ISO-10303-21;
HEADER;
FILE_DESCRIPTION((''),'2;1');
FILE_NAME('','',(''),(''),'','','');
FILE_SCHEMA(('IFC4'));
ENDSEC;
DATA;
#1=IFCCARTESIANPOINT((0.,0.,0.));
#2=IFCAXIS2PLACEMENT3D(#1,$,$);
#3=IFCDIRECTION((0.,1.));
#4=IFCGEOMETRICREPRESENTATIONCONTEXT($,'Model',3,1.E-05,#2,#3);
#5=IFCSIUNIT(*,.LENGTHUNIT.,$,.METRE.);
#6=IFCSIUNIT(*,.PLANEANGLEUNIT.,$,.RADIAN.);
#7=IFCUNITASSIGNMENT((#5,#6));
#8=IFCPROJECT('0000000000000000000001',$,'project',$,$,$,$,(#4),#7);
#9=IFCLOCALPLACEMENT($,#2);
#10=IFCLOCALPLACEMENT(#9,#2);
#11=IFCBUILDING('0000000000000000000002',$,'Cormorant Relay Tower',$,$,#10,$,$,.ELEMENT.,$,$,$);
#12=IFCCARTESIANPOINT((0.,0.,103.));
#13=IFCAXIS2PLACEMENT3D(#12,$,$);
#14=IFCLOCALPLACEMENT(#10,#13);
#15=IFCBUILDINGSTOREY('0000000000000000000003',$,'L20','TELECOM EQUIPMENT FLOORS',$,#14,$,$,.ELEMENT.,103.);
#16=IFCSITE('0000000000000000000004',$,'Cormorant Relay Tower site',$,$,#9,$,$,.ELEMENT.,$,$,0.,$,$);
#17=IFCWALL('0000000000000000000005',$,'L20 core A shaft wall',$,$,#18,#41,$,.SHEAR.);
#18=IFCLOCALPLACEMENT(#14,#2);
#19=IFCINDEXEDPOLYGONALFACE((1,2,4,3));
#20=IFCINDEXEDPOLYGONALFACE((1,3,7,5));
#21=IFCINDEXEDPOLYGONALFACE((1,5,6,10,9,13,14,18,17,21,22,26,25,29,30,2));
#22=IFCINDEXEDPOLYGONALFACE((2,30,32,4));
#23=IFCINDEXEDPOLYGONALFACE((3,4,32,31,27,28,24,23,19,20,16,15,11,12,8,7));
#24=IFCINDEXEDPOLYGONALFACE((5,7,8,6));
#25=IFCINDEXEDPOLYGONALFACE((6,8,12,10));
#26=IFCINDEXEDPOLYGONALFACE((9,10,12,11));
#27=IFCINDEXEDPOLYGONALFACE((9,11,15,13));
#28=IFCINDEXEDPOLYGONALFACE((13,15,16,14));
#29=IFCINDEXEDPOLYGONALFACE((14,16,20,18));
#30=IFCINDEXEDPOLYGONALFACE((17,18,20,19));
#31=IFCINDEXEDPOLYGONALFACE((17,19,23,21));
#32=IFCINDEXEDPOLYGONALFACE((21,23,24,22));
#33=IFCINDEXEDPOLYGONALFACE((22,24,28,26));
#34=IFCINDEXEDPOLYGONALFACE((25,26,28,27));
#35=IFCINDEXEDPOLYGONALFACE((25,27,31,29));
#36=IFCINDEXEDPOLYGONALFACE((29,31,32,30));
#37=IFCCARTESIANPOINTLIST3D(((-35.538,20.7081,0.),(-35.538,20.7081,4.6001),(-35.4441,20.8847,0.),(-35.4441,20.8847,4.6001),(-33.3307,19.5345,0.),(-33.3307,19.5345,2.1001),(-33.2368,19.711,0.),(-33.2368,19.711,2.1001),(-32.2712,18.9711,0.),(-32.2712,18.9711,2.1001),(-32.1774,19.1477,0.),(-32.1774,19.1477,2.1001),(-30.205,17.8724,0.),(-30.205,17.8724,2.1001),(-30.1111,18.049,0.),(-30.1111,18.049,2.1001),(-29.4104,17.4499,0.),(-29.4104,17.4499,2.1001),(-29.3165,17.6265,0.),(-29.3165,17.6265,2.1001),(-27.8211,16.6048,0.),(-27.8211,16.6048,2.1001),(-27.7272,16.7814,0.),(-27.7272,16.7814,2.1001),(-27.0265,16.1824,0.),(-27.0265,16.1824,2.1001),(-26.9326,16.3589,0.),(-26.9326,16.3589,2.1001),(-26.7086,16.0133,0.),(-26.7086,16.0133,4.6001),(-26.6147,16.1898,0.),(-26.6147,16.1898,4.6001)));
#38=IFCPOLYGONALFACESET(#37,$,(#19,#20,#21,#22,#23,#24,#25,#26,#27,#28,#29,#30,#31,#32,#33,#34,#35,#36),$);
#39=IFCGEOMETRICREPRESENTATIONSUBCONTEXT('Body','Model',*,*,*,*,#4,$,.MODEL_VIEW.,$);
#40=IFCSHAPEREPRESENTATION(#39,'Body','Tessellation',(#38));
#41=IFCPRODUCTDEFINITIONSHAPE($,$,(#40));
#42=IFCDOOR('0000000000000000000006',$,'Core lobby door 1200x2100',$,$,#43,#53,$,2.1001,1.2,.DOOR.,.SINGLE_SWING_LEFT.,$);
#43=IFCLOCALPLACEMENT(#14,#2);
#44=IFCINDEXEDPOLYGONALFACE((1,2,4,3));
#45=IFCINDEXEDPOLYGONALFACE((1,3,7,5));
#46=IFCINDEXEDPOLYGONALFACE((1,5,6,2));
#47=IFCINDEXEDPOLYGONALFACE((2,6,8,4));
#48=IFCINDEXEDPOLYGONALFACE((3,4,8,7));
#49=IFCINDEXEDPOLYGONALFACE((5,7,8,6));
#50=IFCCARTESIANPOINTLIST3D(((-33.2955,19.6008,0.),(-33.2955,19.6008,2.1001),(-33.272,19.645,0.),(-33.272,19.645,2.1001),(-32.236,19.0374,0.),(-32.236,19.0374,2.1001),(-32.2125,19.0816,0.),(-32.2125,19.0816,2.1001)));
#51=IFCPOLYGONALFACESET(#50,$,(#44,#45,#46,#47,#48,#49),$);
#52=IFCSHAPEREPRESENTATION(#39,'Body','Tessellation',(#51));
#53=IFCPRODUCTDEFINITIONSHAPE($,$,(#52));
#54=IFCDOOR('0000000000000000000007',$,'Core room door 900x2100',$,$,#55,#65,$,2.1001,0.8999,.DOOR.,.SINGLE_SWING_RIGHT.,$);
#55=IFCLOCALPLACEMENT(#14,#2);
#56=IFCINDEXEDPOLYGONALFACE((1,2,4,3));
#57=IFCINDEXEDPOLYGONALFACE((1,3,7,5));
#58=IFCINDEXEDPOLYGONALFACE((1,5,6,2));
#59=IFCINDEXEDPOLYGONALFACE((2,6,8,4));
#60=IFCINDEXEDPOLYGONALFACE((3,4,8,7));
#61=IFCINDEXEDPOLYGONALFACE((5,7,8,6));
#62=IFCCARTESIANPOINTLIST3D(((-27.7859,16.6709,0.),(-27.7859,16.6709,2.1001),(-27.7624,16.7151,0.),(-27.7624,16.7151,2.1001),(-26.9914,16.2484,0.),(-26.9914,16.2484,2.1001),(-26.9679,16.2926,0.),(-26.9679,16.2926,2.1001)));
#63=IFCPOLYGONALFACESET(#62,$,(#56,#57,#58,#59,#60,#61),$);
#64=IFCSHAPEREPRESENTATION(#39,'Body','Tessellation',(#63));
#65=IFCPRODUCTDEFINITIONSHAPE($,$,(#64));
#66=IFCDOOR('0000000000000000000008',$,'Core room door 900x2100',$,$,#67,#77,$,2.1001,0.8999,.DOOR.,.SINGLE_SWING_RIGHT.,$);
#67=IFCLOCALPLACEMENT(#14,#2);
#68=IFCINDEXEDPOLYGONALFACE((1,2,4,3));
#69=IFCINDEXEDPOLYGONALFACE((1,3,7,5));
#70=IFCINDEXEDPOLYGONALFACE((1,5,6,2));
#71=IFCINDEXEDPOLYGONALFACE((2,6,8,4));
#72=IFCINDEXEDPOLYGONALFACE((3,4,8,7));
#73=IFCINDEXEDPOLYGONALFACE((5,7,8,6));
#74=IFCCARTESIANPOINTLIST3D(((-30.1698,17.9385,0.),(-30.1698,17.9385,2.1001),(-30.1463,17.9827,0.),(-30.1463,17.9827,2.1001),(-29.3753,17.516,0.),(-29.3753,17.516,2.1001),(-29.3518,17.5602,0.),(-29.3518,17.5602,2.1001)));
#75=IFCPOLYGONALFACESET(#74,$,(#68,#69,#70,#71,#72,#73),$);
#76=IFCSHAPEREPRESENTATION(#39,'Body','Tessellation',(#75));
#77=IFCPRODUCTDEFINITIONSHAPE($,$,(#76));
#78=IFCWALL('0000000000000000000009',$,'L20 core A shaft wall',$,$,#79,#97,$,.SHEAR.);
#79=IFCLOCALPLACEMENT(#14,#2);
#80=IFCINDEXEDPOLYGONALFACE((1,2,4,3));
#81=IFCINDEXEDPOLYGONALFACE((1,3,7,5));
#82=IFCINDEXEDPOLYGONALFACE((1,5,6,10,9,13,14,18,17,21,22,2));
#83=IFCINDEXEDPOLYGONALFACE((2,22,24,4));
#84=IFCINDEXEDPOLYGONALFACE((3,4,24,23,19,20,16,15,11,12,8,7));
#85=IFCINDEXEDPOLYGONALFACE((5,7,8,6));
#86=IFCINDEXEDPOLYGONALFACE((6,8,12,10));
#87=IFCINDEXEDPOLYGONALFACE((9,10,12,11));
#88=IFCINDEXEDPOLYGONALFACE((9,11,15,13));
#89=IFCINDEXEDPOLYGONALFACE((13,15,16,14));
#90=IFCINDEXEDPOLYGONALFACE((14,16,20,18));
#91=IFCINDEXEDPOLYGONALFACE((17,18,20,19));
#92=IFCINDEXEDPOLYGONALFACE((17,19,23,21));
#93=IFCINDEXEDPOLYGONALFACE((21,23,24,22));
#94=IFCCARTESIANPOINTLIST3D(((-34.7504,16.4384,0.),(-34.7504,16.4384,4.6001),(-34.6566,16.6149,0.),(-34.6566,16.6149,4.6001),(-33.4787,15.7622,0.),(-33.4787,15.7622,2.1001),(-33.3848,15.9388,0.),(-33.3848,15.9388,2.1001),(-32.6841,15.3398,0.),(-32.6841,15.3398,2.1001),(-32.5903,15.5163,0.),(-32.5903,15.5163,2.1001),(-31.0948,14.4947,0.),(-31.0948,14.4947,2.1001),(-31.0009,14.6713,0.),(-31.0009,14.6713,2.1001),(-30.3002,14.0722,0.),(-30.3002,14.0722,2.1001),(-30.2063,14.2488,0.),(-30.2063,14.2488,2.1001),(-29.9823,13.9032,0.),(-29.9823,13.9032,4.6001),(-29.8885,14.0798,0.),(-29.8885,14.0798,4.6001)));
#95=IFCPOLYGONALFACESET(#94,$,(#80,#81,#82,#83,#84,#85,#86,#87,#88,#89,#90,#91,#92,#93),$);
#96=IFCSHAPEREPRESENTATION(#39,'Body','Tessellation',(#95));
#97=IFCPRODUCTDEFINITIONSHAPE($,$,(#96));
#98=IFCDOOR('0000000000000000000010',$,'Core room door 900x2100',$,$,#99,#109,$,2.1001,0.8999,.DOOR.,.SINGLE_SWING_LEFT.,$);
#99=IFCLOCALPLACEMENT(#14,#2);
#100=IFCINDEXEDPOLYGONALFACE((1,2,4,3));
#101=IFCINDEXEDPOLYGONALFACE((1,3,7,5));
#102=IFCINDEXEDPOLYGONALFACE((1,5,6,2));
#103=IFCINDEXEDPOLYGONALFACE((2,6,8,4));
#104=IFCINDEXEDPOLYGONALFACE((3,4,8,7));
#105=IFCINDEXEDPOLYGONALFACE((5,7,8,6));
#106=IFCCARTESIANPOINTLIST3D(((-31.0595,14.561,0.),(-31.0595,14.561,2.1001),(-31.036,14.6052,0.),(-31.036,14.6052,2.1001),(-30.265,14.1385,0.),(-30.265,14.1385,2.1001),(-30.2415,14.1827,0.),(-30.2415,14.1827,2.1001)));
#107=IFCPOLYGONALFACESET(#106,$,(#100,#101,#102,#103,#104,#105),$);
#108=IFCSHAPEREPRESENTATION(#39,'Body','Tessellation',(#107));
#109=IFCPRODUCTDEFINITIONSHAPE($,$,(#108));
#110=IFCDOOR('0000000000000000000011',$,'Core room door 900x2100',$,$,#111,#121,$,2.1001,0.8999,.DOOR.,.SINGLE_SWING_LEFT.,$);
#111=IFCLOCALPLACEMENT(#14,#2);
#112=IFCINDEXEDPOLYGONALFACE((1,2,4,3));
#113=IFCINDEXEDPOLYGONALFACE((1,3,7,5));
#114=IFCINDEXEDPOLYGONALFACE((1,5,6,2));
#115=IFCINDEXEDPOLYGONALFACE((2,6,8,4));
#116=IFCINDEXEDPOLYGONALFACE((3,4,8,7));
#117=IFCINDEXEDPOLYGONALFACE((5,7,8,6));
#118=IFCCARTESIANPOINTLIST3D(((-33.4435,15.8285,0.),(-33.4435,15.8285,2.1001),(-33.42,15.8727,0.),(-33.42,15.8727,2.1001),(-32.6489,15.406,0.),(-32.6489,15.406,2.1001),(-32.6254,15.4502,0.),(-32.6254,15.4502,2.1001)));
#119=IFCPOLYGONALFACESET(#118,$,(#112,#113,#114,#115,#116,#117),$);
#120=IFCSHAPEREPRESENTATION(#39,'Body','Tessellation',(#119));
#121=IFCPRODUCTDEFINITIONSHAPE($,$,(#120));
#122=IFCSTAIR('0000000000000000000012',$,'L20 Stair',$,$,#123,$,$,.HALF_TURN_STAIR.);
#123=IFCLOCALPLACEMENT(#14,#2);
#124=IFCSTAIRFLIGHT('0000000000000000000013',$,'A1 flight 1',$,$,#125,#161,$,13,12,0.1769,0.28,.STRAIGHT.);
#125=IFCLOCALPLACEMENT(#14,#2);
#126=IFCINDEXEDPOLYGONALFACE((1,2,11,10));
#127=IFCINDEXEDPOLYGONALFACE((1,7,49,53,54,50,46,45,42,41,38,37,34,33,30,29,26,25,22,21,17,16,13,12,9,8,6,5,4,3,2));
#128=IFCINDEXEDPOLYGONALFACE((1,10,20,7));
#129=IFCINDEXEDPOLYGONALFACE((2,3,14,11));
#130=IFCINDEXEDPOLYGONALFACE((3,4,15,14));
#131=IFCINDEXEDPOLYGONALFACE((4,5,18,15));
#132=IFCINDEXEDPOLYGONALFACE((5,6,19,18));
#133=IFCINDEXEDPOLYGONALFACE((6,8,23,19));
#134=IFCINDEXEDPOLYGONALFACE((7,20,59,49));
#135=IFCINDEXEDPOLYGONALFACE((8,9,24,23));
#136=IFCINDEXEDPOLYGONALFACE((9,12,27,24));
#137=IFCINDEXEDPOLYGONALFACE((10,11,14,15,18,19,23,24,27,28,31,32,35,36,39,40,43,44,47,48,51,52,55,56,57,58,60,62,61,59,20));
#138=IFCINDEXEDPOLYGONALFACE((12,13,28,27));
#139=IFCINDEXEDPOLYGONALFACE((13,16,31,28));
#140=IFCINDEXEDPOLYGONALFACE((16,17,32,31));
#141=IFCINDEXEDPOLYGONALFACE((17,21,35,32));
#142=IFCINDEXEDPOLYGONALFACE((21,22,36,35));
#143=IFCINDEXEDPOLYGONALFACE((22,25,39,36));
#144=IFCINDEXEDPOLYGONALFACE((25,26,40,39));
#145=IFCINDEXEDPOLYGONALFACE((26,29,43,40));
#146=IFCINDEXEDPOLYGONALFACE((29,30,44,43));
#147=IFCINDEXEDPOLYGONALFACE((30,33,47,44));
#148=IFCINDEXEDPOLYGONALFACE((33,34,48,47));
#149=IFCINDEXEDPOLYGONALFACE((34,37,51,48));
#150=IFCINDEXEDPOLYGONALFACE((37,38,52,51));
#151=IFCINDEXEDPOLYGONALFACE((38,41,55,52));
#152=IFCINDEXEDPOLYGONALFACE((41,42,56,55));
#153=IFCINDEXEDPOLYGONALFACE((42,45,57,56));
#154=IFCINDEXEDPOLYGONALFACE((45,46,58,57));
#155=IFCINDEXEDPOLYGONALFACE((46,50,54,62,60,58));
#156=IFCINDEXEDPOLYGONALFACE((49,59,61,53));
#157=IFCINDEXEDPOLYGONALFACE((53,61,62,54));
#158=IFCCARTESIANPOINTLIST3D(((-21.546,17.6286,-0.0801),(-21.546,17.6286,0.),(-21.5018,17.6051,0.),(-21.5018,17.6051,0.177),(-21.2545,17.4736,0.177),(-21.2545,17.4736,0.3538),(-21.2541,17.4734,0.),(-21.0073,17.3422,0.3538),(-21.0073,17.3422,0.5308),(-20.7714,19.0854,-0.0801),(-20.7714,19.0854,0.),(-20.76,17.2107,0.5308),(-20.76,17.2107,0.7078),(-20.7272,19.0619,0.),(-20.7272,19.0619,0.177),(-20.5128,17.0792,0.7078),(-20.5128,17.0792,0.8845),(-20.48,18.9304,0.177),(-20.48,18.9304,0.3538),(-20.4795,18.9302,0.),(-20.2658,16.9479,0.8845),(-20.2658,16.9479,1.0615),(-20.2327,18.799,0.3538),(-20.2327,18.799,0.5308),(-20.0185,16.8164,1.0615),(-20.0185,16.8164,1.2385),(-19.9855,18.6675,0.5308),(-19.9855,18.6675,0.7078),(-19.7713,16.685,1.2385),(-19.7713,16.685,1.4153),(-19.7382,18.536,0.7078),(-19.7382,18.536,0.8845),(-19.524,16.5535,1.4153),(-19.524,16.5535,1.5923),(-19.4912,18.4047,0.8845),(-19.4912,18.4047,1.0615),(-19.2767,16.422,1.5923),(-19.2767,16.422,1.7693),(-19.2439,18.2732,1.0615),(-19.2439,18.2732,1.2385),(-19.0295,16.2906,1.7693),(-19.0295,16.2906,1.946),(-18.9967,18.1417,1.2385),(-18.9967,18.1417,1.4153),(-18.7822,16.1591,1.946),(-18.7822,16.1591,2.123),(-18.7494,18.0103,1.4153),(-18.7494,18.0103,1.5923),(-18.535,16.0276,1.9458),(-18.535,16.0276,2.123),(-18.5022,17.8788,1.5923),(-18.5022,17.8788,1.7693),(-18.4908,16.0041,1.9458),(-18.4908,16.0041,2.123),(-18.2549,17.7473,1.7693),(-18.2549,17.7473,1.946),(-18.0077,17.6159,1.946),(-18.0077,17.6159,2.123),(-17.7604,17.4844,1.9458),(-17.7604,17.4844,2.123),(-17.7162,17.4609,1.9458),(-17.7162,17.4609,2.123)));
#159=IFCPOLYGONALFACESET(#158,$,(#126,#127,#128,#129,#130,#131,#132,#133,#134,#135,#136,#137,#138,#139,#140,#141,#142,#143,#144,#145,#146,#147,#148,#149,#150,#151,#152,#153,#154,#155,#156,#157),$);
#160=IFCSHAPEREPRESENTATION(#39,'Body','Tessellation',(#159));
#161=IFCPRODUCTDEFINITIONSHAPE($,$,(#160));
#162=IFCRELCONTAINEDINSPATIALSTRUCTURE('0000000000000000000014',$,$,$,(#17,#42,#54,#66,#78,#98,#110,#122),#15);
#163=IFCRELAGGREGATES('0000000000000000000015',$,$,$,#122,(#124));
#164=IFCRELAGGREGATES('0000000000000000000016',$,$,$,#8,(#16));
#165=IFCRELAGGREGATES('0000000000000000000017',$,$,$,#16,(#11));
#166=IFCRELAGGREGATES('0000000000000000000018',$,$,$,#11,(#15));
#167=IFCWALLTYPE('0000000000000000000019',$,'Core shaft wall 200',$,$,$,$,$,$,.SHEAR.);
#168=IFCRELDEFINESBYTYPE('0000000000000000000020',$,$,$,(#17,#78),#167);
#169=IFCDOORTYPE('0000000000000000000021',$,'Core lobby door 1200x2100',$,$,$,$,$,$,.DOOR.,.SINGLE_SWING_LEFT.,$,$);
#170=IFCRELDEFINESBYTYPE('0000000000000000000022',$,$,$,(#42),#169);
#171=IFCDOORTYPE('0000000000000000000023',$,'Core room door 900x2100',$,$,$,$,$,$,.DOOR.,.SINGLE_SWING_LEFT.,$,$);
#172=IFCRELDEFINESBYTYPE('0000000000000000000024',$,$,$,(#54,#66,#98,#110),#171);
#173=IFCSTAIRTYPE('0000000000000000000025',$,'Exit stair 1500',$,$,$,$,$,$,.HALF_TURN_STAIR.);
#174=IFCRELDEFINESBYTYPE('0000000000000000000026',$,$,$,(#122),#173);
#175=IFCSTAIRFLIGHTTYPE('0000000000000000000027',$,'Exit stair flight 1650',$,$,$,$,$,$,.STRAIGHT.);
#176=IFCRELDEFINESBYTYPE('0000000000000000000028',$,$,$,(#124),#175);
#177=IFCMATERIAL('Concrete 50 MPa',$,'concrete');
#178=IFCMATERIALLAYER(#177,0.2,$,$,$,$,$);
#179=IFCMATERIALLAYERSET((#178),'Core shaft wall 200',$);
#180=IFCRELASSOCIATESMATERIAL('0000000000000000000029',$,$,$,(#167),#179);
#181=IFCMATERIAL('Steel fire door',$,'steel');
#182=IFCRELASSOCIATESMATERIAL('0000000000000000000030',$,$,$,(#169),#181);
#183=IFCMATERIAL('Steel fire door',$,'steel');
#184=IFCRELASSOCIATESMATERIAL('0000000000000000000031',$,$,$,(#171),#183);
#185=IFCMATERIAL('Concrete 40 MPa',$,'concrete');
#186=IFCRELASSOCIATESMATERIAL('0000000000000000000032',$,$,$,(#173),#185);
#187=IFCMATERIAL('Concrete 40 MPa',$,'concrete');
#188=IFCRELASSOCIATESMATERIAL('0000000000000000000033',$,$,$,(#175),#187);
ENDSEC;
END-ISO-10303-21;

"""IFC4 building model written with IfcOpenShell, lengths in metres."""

from ifc_helpers import new_model, si_unit, direction, frame, frame_2d, origin, place, context, subcontext, project, spatial, polyline, rectangle, outline, extrude, material, layer, layer_set, type_object, element, fill, aggregate, save


model = new_model("IFC4")

# Units and contexts
model_context = context("Model", 3, precision=1e-05, world=origin(), true_north=direction((0.0, 1.0)))
body_context = subcontext(model_context, "Body", "Model", "MODEL_VIEW")
ifc_project = project(units=[si_unit("LENGTHUNIT", "METRE"), si_unit("PLANEANGLEUNIT", "RADIAN")], contexts=[model_context])

# Site, building, storey
site_placement = place(None, origin())
site = spatial("IfcSite", under=ifc_project, at=site_placement, Name="Cormorant Relay Tower site", CompositionType="ELEMENT", RefElevation=0.0)
building_placement = place(site_placement, origin())
building = spatial("IfcBuilding", under=site, at=building_placement, Name="Cormorant Relay Tower", CompositionType="ELEMENT")
storey_placement = place(building_placement, frame((0.0, 0.0, 103.0)))
storey = spatial("IfcBuildingStorey", under=building, at=storey_placement, Name="L20", Description="TELECOM EQUIPMENT FLOORS", CompositionType="ELEMENT", Elevation=103.0)

# Shared definitions
ifc_material_1 = material(Name="Concrete 50 MPa", Category="concrete")
ifc_layer_1 = layer(ifc_material_1, 0.2)
ifc_layer_set_1 = layer_set([ifc_layer_1], Name="Core shaft wall 200")
wall_type_1 = type_object("IfcWallType", Name="Core shaft wall 200", PredefinedType="SHEAR", material=ifc_layer_set_1)

# Walls, openings, doors
wall_1_placement = place(storey_placement, frame((-26.6616, 16.1016, 0.0), z_axis=(0.0, 0.0, 1.0), x_axis=(-0.88294, 0.469485, 0.0)))
wall_1 = element("IfcWall", 1, at=wall_1_placement, inside=storey, type_object=wall_type_1, Name="L20 core A shaft wall", PredefinedType="SHEAR", context=body_context, shape_type="SweptSolid", body=[
    extrude(rectangle(XDim=10.0, YDim=0.2, at=frame_2d((5.0, 0.0))), origin(), (0.0, 0.0, 1.0), 4.6001),
])
opening_1_placement = place(wall_1_placement, frame((6.3, 0.0, 0.0)))
opening_1 = element("IfcOpeningElement", 2, at=opening_1_placement, cuts=wall_1, PredefinedType="OPENING", context=body_context, shape_type="SweptSolid", body=[
    extrude(rectangle(XDim=1.2, YDim=2.1001, at=frame_2d((0.6001, 1.05))), frame((0.0, 0.1099, 0.0), z_axis=(0.0, -1.0, 0.0), x_axis=(1.0, 0.0, 0.0)), (0.0, 0.0, 1.0), 0.22),
])
opening_2_placement = place(wall_1_placement, frame((0.3601, 0.0, 0.0)))
opening_2 = element("IfcOpeningElement", 3, at=opening_2_placement, cuts=wall_1, PredefinedType="OPENING", context=body_context, shape_type="SweptSolid", body=[
    extrude(rectangle(XDim=0.8999, YDim=2.1001, at=frame_2d((0.45, 1.05))), frame((0.0, 0.1099, 0.0), z_axis=(0.0, -1.0, 0.0), x_axis=(1.0, 0.0, 0.0)), (0.0, 0.0, 1.0), 0.22),
])
opening_3_placement = place(wall_1_placement, frame((3.0601, 0.0, 0.0)))
opening_3 = element("IfcOpeningElement", 4, at=opening_3_placement, cuts=wall_1, PredefinedType="OPENING", context=body_context, shape_type="SweptSolid", body=[
    extrude(rectangle(XDim=0.8999, YDim=2.1001, at=frame_2d((0.45, 1.05))), frame((0.0, 0.1099, 0.0), z_axis=(0.0, -1.0, 0.0), x_axis=(1.0, 0.0, 0.0)), (0.0, 0.0, 1.0), 0.22),
])
ifc_material_2 = material(Name="Steel fire door", Category="steel")
door_type_1 = type_object("IfcDoorType", Name="Core lobby door 1200x2100", OperationType="SINGLE_SWING_LEFT", PredefinedType="DOOR", material=ifc_material_2)
door_1_placement = place(opening_1_placement, origin())
door_1 = element("IfcDoor", 5, at=door_1_placement, inside=storey, type_object=door_type_1, Name="Core lobby door 1200x2100", OperationType="SINGLE_SWING_LEFT", OverallHeight=2.1001, OverallWidth=1.2, PredefinedType="DOOR", context=body_context, shape_type="SweptSolid", body=[
    extrude(rectangle(XDim=1.2, YDim=2.1001, at=frame_2d((0.6001, 1.05))), frame((0.0, 0.0249, 0.0), z_axis=(0.0, -1.0, 0.0), x_axis=(1.0, 0.0, 0.0)), (0.0, 0.0, 1.0), 0.05),
])
fill(opening_1, door_1)
ifc_material_3 = material(Name="Steel fire door", Category="steel")
door_type_2 = type_object("IfcDoorType", Name="Core room door 900x2100", OperationType="SINGLE_SWING_LEFT", PredefinedType="DOOR", material=ifc_material_3)
door_2_placement = place(opening_2_placement, frame((0.8999, 0.0, 0.0), z_axis=(0.0, 0.0, 1.0), x_axis=(-1.0, 0.0, 0.0)))
door_2 = element("IfcDoor", 6, at=door_2_placement, inside=storey, type_object=door_type_2, Name="Core room door 900x2100", OperationType="SINGLE_SWING_RIGHT", OverallHeight=2.1001, OverallWidth=0.8999, PredefinedType="DOOR", context=body_context, shape_type="SweptSolid", body=[
    extrude(rectangle(XDim=0.8999, YDim=2.1001, at=frame_2d((0.45, 1.05))), frame((0.0, 0.0249, 0.0), z_axis=(0.0, -1.0, 0.0), x_axis=(1.0, 0.0, 0.0)), (0.0, 0.0, 1.0), 0.05),
])
fill(opening_2, door_2)
door_3_placement = place(opening_3_placement, frame((0.8999, 0.0, 0.0), z_axis=(0.0, 0.0, 1.0), x_axis=(-1.0, 0.0, 0.0)))
door_3 = element("IfcDoor", 7, at=door_3_placement, inside=storey, type_object=door_type_2, Name="Core room door 900x2100", OperationType="SINGLE_SWING_RIGHT", OverallHeight=2.1001, OverallWidth=0.8999, PredefinedType="DOOR", context=body_context, shape_type="SweptSolid", body=[
    extrude(rectangle(XDim=0.8999, YDim=2.1001, at=frame_2d((0.45, 1.05))), frame((0.0, 0.0249, 0.0), z_axis=(0.0, -1.0, 0.0), x_axis=(1.0, 0.0, 0.0)), (0.0, 0.0, 1.0), 0.05),
])
fill(opening_3, door_3)
wall_2_placement = place(storey_placement, frame((-29.9353, 13.9915, 0.0), z_axis=(0.0, 0.0, 1.0), x_axis=(-0.882953, 0.469462, 0.0)))
wall_2 = element("IfcWall", 8, at=wall_2_placement, inside=storey, type_object=wall_type_1, Name="L20 core A shaft wall", PredefinedType="SHEAR", context=body_context, shape_type="SweptSolid", body=[
    extrude(rectangle(XDim=5.4001, YDim=0.2, at=frame_2d((2.7002, 0.0))), origin(), (0.0, 0.0, 1.0), 4.6001),
])
opening_4_placement = place(wall_2_placement, frame((0.3601, 0.0, 0.0)))
opening_4 = element("IfcOpeningElement", 9, at=opening_4_placement, cuts=wall_2, PredefinedType="OPENING", context=body_context, shape_type="SweptSolid", body=[
    extrude(rectangle(XDim=0.8999, YDim=2.1001, at=frame_2d((0.45, 1.05))), frame((0.0, 0.1099, 0.0), z_axis=(0.0, -1.0, 0.0), x_axis=(1.0, 0.0, 0.0)), (0.0, 0.0, 1.0), 0.22),
])
opening_5_placement = place(wall_2_placement, frame((3.0601, 0.0, 0.0)))
opening_5 = element("IfcOpeningElement", 10, at=opening_5_placement, cuts=wall_2, PredefinedType="OPENING", context=body_context, shape_type="SweptSolid", body=[
    extrude(rectangle(XDim=0.8999, YDim=2.1001, at=frame_2d((0.45, 1.05))), frame((0.0, 0.1099, 0.0), z_axis=(0.0, -1.0, 0.0), x_axis=(1.0, 0.0, 0.0)), (0.0, 0.0, 1.0), 0.22),
])
door_4_placement = place(opening_4_placement, origin())
door_4 = element("IfcDoor", 11, at=door_4_placement, inside=storey, type_object=door_type_2, Name="Core room door 900x2100", OperationType="SINGLE_SWING_LEFT", OverallHeight=2.1001, OverallWidth=0.8999, PredefinedType="DOOR", context=body_context, shape_type="SweptSolid", body=[
    extrude(rectangle(XDim=0.8999, YDim=2.1001, at=frame_2d((0.45, 1.05))), frame((0.0, 0.0249, 0.0), z_axis=(0.0, -1.0, 0.0), x_axis=(1.0, 0.0, 0.0)), (0.0, 0.0, 1.0), 0.05),
])
fill(opening_4, door_4)
door_5_placement = place(opening_5_placement, origin())
door_5 = element("IfcDoor", 12, at=door_5_placement, inside=storey, type_object=door_type_2, Name="Core room door 900x2100", OperationType="SINGLE_SWING_LEFT", OverallHeight=2.1001, OverallWidth=0.8999, PredefinedType="DOOR", context=body_context, shape_type="SweptSolid", body=[
    extrude(rectangle(XDim=0.8999, YDim=2.1001, at=frame_2d((0.45, 1.05))), frame((0.0, 0.0249, 0.0), z_axis=(0.0, -1.0, 0.0), x_axis=(1.0, 0.0, 0.0)), (0.0, 0.0, 1.0), 0.05),
])
fill(opening_5, door_5)

# Stair, stair flight
ifc_material_4 = material(Name="Concrete 40 MPa", Category="concrete")
stair_type = type_object("IfcStairType", Name="Exit stair 1500", PredefinedType="HALF_TURN_STAIR", material=ifc_material_4)
stair_placement = place(storey_placement, origin())
stair = element("IfcStair", 13, at=stair_placement, inside=storey, type_object=stair_type, Name="L20 Stair", PredefinedType="HALF_TURN_STAIR")
ifc_material_5 = material(Name="Concrete 40 MPa", Category="concrete")
stair_flight_type = type_object("IfcStairFlightType", Name="Exit stair flight 1650", PredefinedType="STRAIGHT", material=ifc_material_5)
stair_flight_placement = place(storey_placement, frame((-21.1145, 18.3335, 0.0), z_axis=(0.0, 0.0, 1.0), x_axis=(0.882948, -0.469472, 0.0)))
stair_flight = element("IfcStairFlight", 14, at=stair_flight_placement, type_object=stair_flight_type, Name="A1 flight 1", NumberOfRisers=13, NumberOfTreads=12, PredefinedType="STRAIGHT", RiserHeight=0.1769, TreadLength=0.28, context=body_context, shape_type="SweptSolid", body=[
    extrude(outline(polyline([(-0.05, -0.0801), (-0.05, 0.0), (0.0, 0.0), (0.0, 0.177), (0.28, 0.177), (0.28, 0.3538), (0.5601, 0.3538), (0.5601, 0.5308), (0.8401, 0.5308), (0.8401, 0.7078), (1.1201, 0.7078), (1.1201, 0.8845), (1.3999, 0.8845), (1.3999, 1.0615), (1.6799, 1.0615), (1.6799, 1.2385), (1.96, 1.2385), (1.96, 1.4153), (2.24, 1.4153), (2.24, 1.5923), (2.52, 1.5923), (2.52, 1.7693), (2.8, 1.7693), (2.8, 1.946), (3.0801, 1.946), (3.0801, 2.123), (3.3601, 2.123), (3.4102, 2.123), (3.4102, 1.9458), (3.3601, 1.9458), (0.2805, 0.0), (-0.05, -0.0801)])), frame((0.0, 0.825, 0.0), z_axis=(0.0, -1.0, 0.0), x_axis=(1.0, 0.0, 0.0)), (0.0, 0.0, 1.0), 1.6499),
])
aggregate(stair, [stair_flight])

save(model, "model.ifc")
